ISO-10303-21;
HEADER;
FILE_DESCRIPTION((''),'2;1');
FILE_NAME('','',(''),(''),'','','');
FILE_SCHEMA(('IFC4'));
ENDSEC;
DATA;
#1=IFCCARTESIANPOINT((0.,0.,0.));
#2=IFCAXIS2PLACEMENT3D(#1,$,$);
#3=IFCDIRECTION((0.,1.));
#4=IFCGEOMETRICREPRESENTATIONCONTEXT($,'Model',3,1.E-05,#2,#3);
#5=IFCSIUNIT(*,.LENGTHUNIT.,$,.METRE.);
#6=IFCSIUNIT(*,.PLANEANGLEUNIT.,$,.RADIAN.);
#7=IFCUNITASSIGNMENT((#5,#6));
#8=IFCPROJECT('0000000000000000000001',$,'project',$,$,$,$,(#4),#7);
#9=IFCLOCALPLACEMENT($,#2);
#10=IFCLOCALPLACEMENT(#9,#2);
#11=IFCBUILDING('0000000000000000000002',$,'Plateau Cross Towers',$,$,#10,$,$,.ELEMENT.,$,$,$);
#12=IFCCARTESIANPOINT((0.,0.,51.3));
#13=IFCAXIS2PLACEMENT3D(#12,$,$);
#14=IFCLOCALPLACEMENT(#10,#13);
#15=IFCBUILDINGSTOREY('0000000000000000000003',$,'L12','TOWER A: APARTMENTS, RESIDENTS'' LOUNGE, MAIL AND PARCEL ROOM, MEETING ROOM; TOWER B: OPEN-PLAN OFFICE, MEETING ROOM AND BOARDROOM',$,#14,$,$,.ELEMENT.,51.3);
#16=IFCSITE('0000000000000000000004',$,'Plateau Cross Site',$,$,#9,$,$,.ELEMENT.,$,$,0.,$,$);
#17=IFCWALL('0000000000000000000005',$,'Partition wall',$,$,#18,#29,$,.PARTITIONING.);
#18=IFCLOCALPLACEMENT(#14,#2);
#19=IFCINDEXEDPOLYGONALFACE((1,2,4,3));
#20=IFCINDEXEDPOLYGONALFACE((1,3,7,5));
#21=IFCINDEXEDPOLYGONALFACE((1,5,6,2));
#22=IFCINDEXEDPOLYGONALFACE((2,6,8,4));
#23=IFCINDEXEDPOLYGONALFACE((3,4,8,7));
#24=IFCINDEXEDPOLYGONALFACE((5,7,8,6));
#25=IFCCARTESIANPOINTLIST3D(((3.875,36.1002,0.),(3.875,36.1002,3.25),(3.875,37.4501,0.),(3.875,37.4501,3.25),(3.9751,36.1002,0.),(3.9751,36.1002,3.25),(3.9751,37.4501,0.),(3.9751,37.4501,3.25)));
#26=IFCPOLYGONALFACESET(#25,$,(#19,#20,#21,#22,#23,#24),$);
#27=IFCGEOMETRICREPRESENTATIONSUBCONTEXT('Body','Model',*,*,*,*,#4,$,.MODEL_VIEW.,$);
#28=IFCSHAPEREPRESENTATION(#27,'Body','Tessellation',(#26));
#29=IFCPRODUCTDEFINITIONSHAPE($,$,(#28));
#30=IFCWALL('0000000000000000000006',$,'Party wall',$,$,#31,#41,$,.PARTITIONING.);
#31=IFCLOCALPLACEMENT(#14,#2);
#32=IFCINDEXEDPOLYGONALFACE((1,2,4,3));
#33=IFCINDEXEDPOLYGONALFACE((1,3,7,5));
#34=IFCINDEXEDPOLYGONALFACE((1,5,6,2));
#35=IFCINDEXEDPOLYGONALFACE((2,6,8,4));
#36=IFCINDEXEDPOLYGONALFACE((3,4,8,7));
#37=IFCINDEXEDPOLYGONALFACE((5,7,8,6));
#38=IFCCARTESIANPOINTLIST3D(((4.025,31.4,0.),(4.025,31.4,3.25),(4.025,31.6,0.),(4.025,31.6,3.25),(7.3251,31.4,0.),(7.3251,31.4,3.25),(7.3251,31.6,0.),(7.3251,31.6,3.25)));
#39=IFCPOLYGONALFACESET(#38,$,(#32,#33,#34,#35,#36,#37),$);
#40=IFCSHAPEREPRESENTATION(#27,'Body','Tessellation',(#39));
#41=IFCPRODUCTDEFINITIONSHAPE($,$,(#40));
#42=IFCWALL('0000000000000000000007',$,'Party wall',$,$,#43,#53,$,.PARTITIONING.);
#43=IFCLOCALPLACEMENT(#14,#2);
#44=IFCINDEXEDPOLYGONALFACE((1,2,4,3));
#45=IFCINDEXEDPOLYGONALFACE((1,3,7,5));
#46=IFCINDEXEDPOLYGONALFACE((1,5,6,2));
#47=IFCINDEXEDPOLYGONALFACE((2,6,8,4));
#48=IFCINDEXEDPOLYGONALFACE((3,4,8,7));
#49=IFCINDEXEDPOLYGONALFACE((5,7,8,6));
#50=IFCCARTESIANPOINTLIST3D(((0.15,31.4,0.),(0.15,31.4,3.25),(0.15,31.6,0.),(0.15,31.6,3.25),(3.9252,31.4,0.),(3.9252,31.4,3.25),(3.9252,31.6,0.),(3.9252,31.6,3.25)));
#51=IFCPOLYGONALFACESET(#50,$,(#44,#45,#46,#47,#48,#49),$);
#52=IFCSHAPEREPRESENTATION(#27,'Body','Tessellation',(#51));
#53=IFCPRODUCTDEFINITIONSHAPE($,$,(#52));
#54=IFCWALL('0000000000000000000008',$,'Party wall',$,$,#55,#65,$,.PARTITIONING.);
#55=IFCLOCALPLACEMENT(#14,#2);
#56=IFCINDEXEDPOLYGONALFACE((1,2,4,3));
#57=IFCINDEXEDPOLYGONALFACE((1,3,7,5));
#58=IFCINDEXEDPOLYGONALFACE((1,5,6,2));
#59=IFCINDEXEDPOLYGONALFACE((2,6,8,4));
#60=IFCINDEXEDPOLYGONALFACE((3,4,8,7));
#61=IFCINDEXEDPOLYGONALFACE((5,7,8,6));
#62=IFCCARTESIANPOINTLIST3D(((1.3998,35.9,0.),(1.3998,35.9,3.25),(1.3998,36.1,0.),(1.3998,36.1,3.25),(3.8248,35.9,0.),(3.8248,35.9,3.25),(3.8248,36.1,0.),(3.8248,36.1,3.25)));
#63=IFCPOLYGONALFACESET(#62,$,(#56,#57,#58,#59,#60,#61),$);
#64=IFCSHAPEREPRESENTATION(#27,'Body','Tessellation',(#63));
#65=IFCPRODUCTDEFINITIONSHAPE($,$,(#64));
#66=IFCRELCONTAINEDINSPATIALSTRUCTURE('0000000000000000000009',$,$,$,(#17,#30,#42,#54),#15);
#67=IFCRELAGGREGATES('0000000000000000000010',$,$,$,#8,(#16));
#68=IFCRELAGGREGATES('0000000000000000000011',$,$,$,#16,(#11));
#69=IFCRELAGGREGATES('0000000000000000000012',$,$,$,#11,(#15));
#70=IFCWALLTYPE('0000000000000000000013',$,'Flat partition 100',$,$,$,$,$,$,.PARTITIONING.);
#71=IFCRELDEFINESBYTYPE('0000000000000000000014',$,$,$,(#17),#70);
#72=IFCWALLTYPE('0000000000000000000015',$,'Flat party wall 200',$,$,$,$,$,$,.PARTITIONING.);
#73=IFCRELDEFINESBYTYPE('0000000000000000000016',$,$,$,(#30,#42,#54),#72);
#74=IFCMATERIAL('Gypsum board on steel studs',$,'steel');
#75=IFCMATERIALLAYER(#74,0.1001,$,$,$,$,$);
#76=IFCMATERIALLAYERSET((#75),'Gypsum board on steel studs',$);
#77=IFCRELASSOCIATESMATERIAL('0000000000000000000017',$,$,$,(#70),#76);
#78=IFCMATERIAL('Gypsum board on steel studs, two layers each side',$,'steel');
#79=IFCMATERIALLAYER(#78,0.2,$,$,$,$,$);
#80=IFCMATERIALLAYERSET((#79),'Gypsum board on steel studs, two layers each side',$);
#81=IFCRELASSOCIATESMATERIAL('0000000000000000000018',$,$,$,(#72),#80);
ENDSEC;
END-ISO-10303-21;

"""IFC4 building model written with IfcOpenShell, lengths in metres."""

from ifc_helpers import new_model, si_unit, direction, frame, frame_2d, origin, place, context, subcontext, project, spatial, rectangle, extrude, material, layer, layer_set, type_object, element, save


model = new_model("IFC4")

# Units and contexts
model_context = context("Model", 3, precision=1e-05, world=origin(), true_north=direction((0.0, 1.0)))
body_context = subcontext(model_context, "Body", "Model", "MODEL_VIEW")
ifc_project = project(units=[si_unit("LENGTHUNIT", "METRE"), si_unit("PLANEANGLEUNIT", "RADIAN")], contexts=[model_context])

# Site, building, storey
site_placement = place(None, origin())
site = spatial("IfcSite", under=ifc_project, at=site_placement, Name="Plateau Cross Site", CompositionType="ELEMENT", RefElevation=0.0)
building_placement = place(site_placement, origin())
building = spatial("IfcBuilding", under=site, at=building_placement, Name="Plateau Cross Towers", CompositionType="ELEMENT")
storey_placement = place(building_placement, frame((0.0, 0.0, 51.3)))
storey = spatial("IfcBuildingStorey", under=building, at=storey_placement, Name="L12", Description="TOWER A: APARTMENTS, RESIDENTS' LOUNGE, MAIL AND PARCEL ROOM, MEETING ROOM; TOWER B: OPEN-PLAN OFFICE, MEETING ROOM AND BOARDROOM", CompositionType="ELEMENT", Elevation=51.3)

# Shared definitions
ifc_material_1 = material(Name="Gypsum board on steel studs", Category="steel")
ifc_layer_1 = layer(ifc_material_1, 0.1001)
ifc_layer_set_1 = layer_set([ifc_layer_1], Name="Gypsum board on steel studs")
wall_type_1 = type_object("IfcWallType", Name="Flat partition 100", PredefinedType="PARTITIONING", material=ifc_layer_set_1)

# Walls
for number, where, z_axis, x_axis, name in (
    (1, (3.925, 37.45, 0.0), (0.0, 0.0, 1.0), (0.0, -1.0, 0.0), "Partition wall"),
):
    element("IfcWall", number, at=place(storey_placement, frame(where, z_axis=z_axis, x_axis=x_axis)), inside=storey, type_object=wall_type_1, Name=name, PredefinedType="PARTITIONING", context=body_context, shape_type="SweptSolid", body=[
        extrude(rectangle(XDim=1.3499, YDim=0.1001, at=frame_2d((0.6748, 0.0))), origin(), (0.0, 0.0, 1.0), 3.25),
    ])
ifc_material_2 = material(Name="Gypsum board on steel studs, two layers each side", Category="steel")
ifc_layer_2 = layer(ifc_material_2, 0.2)
ifc_layer_set_2 = layer_set([ifc_layer_2], Name="Gypsum board on steel studs, two layers each side")
wall_type_2 = type_object("IfcWallType", Name="Flat party wall 200", PredefinedType="PARTITIONING", material=ifc_layer_set_2)
wall_1_placement = place(storey_placement, frame((7.325, 31.5, 0.0), z_axis=(0.0, 0.0, 1.0), x_axis=(-1.0, 0.0, 0.0)))
element("IfcWall", 2, at=wall_1_placement, inside=storey, type_object=wall_type_2, Name="Party wall", PredefinedType="PARTITIONING", context=body_context, shape_type="SweptSolid", body=[
    extrude(rectangle(XDim=3.3, YDim=0.2, at=frame_2d((1.6499, 0.0))), origin(), (0.0, 0.0, 1.0), 3.25),
])
wall_2_placement = place(storey_placement, frame((0.1499, 31.5, 0.0), z_axis=(0.0, 0.0, 1.0), x_axis=(1.0, 0.0, 0.0)))
element("IfcWall", 3, at=wall_2_placement, inside=storey, type_object=wall_type_2, Name="Party wall", PredefinedType="PARTITIONING", context=body_context, shape_type="SweptSolid", body=[
    extrude(rectangle(XDim=3.7751, YDim=0.2, at=frame_2d((1.8877, 0.0))), origin(), (0.0, 0.0, 1.0), 3.25),
])
wall_3_placement = place(storey_placement, frame((1.3999, 36.0, 0.0), z_axis=(0.0, 0.0, 1.0), x_axis=(1.0, 0.0, 0.0)))
element("IfcWall", 4, at=wall_3_placement, inside=storey, type_object=wall_type_2, Name="Party wall", PredefinedType="PARTITIONING", context=body_context, shape_type="SweptSolid", body=[
    extrude(rectangle(XDim=2.425, YDim=0.2, at=frame_2d((1.2124, 0.0))), origin(), (0.0, 0.0, 1.0), 3.25),
])

save(model, "model.ifc")
